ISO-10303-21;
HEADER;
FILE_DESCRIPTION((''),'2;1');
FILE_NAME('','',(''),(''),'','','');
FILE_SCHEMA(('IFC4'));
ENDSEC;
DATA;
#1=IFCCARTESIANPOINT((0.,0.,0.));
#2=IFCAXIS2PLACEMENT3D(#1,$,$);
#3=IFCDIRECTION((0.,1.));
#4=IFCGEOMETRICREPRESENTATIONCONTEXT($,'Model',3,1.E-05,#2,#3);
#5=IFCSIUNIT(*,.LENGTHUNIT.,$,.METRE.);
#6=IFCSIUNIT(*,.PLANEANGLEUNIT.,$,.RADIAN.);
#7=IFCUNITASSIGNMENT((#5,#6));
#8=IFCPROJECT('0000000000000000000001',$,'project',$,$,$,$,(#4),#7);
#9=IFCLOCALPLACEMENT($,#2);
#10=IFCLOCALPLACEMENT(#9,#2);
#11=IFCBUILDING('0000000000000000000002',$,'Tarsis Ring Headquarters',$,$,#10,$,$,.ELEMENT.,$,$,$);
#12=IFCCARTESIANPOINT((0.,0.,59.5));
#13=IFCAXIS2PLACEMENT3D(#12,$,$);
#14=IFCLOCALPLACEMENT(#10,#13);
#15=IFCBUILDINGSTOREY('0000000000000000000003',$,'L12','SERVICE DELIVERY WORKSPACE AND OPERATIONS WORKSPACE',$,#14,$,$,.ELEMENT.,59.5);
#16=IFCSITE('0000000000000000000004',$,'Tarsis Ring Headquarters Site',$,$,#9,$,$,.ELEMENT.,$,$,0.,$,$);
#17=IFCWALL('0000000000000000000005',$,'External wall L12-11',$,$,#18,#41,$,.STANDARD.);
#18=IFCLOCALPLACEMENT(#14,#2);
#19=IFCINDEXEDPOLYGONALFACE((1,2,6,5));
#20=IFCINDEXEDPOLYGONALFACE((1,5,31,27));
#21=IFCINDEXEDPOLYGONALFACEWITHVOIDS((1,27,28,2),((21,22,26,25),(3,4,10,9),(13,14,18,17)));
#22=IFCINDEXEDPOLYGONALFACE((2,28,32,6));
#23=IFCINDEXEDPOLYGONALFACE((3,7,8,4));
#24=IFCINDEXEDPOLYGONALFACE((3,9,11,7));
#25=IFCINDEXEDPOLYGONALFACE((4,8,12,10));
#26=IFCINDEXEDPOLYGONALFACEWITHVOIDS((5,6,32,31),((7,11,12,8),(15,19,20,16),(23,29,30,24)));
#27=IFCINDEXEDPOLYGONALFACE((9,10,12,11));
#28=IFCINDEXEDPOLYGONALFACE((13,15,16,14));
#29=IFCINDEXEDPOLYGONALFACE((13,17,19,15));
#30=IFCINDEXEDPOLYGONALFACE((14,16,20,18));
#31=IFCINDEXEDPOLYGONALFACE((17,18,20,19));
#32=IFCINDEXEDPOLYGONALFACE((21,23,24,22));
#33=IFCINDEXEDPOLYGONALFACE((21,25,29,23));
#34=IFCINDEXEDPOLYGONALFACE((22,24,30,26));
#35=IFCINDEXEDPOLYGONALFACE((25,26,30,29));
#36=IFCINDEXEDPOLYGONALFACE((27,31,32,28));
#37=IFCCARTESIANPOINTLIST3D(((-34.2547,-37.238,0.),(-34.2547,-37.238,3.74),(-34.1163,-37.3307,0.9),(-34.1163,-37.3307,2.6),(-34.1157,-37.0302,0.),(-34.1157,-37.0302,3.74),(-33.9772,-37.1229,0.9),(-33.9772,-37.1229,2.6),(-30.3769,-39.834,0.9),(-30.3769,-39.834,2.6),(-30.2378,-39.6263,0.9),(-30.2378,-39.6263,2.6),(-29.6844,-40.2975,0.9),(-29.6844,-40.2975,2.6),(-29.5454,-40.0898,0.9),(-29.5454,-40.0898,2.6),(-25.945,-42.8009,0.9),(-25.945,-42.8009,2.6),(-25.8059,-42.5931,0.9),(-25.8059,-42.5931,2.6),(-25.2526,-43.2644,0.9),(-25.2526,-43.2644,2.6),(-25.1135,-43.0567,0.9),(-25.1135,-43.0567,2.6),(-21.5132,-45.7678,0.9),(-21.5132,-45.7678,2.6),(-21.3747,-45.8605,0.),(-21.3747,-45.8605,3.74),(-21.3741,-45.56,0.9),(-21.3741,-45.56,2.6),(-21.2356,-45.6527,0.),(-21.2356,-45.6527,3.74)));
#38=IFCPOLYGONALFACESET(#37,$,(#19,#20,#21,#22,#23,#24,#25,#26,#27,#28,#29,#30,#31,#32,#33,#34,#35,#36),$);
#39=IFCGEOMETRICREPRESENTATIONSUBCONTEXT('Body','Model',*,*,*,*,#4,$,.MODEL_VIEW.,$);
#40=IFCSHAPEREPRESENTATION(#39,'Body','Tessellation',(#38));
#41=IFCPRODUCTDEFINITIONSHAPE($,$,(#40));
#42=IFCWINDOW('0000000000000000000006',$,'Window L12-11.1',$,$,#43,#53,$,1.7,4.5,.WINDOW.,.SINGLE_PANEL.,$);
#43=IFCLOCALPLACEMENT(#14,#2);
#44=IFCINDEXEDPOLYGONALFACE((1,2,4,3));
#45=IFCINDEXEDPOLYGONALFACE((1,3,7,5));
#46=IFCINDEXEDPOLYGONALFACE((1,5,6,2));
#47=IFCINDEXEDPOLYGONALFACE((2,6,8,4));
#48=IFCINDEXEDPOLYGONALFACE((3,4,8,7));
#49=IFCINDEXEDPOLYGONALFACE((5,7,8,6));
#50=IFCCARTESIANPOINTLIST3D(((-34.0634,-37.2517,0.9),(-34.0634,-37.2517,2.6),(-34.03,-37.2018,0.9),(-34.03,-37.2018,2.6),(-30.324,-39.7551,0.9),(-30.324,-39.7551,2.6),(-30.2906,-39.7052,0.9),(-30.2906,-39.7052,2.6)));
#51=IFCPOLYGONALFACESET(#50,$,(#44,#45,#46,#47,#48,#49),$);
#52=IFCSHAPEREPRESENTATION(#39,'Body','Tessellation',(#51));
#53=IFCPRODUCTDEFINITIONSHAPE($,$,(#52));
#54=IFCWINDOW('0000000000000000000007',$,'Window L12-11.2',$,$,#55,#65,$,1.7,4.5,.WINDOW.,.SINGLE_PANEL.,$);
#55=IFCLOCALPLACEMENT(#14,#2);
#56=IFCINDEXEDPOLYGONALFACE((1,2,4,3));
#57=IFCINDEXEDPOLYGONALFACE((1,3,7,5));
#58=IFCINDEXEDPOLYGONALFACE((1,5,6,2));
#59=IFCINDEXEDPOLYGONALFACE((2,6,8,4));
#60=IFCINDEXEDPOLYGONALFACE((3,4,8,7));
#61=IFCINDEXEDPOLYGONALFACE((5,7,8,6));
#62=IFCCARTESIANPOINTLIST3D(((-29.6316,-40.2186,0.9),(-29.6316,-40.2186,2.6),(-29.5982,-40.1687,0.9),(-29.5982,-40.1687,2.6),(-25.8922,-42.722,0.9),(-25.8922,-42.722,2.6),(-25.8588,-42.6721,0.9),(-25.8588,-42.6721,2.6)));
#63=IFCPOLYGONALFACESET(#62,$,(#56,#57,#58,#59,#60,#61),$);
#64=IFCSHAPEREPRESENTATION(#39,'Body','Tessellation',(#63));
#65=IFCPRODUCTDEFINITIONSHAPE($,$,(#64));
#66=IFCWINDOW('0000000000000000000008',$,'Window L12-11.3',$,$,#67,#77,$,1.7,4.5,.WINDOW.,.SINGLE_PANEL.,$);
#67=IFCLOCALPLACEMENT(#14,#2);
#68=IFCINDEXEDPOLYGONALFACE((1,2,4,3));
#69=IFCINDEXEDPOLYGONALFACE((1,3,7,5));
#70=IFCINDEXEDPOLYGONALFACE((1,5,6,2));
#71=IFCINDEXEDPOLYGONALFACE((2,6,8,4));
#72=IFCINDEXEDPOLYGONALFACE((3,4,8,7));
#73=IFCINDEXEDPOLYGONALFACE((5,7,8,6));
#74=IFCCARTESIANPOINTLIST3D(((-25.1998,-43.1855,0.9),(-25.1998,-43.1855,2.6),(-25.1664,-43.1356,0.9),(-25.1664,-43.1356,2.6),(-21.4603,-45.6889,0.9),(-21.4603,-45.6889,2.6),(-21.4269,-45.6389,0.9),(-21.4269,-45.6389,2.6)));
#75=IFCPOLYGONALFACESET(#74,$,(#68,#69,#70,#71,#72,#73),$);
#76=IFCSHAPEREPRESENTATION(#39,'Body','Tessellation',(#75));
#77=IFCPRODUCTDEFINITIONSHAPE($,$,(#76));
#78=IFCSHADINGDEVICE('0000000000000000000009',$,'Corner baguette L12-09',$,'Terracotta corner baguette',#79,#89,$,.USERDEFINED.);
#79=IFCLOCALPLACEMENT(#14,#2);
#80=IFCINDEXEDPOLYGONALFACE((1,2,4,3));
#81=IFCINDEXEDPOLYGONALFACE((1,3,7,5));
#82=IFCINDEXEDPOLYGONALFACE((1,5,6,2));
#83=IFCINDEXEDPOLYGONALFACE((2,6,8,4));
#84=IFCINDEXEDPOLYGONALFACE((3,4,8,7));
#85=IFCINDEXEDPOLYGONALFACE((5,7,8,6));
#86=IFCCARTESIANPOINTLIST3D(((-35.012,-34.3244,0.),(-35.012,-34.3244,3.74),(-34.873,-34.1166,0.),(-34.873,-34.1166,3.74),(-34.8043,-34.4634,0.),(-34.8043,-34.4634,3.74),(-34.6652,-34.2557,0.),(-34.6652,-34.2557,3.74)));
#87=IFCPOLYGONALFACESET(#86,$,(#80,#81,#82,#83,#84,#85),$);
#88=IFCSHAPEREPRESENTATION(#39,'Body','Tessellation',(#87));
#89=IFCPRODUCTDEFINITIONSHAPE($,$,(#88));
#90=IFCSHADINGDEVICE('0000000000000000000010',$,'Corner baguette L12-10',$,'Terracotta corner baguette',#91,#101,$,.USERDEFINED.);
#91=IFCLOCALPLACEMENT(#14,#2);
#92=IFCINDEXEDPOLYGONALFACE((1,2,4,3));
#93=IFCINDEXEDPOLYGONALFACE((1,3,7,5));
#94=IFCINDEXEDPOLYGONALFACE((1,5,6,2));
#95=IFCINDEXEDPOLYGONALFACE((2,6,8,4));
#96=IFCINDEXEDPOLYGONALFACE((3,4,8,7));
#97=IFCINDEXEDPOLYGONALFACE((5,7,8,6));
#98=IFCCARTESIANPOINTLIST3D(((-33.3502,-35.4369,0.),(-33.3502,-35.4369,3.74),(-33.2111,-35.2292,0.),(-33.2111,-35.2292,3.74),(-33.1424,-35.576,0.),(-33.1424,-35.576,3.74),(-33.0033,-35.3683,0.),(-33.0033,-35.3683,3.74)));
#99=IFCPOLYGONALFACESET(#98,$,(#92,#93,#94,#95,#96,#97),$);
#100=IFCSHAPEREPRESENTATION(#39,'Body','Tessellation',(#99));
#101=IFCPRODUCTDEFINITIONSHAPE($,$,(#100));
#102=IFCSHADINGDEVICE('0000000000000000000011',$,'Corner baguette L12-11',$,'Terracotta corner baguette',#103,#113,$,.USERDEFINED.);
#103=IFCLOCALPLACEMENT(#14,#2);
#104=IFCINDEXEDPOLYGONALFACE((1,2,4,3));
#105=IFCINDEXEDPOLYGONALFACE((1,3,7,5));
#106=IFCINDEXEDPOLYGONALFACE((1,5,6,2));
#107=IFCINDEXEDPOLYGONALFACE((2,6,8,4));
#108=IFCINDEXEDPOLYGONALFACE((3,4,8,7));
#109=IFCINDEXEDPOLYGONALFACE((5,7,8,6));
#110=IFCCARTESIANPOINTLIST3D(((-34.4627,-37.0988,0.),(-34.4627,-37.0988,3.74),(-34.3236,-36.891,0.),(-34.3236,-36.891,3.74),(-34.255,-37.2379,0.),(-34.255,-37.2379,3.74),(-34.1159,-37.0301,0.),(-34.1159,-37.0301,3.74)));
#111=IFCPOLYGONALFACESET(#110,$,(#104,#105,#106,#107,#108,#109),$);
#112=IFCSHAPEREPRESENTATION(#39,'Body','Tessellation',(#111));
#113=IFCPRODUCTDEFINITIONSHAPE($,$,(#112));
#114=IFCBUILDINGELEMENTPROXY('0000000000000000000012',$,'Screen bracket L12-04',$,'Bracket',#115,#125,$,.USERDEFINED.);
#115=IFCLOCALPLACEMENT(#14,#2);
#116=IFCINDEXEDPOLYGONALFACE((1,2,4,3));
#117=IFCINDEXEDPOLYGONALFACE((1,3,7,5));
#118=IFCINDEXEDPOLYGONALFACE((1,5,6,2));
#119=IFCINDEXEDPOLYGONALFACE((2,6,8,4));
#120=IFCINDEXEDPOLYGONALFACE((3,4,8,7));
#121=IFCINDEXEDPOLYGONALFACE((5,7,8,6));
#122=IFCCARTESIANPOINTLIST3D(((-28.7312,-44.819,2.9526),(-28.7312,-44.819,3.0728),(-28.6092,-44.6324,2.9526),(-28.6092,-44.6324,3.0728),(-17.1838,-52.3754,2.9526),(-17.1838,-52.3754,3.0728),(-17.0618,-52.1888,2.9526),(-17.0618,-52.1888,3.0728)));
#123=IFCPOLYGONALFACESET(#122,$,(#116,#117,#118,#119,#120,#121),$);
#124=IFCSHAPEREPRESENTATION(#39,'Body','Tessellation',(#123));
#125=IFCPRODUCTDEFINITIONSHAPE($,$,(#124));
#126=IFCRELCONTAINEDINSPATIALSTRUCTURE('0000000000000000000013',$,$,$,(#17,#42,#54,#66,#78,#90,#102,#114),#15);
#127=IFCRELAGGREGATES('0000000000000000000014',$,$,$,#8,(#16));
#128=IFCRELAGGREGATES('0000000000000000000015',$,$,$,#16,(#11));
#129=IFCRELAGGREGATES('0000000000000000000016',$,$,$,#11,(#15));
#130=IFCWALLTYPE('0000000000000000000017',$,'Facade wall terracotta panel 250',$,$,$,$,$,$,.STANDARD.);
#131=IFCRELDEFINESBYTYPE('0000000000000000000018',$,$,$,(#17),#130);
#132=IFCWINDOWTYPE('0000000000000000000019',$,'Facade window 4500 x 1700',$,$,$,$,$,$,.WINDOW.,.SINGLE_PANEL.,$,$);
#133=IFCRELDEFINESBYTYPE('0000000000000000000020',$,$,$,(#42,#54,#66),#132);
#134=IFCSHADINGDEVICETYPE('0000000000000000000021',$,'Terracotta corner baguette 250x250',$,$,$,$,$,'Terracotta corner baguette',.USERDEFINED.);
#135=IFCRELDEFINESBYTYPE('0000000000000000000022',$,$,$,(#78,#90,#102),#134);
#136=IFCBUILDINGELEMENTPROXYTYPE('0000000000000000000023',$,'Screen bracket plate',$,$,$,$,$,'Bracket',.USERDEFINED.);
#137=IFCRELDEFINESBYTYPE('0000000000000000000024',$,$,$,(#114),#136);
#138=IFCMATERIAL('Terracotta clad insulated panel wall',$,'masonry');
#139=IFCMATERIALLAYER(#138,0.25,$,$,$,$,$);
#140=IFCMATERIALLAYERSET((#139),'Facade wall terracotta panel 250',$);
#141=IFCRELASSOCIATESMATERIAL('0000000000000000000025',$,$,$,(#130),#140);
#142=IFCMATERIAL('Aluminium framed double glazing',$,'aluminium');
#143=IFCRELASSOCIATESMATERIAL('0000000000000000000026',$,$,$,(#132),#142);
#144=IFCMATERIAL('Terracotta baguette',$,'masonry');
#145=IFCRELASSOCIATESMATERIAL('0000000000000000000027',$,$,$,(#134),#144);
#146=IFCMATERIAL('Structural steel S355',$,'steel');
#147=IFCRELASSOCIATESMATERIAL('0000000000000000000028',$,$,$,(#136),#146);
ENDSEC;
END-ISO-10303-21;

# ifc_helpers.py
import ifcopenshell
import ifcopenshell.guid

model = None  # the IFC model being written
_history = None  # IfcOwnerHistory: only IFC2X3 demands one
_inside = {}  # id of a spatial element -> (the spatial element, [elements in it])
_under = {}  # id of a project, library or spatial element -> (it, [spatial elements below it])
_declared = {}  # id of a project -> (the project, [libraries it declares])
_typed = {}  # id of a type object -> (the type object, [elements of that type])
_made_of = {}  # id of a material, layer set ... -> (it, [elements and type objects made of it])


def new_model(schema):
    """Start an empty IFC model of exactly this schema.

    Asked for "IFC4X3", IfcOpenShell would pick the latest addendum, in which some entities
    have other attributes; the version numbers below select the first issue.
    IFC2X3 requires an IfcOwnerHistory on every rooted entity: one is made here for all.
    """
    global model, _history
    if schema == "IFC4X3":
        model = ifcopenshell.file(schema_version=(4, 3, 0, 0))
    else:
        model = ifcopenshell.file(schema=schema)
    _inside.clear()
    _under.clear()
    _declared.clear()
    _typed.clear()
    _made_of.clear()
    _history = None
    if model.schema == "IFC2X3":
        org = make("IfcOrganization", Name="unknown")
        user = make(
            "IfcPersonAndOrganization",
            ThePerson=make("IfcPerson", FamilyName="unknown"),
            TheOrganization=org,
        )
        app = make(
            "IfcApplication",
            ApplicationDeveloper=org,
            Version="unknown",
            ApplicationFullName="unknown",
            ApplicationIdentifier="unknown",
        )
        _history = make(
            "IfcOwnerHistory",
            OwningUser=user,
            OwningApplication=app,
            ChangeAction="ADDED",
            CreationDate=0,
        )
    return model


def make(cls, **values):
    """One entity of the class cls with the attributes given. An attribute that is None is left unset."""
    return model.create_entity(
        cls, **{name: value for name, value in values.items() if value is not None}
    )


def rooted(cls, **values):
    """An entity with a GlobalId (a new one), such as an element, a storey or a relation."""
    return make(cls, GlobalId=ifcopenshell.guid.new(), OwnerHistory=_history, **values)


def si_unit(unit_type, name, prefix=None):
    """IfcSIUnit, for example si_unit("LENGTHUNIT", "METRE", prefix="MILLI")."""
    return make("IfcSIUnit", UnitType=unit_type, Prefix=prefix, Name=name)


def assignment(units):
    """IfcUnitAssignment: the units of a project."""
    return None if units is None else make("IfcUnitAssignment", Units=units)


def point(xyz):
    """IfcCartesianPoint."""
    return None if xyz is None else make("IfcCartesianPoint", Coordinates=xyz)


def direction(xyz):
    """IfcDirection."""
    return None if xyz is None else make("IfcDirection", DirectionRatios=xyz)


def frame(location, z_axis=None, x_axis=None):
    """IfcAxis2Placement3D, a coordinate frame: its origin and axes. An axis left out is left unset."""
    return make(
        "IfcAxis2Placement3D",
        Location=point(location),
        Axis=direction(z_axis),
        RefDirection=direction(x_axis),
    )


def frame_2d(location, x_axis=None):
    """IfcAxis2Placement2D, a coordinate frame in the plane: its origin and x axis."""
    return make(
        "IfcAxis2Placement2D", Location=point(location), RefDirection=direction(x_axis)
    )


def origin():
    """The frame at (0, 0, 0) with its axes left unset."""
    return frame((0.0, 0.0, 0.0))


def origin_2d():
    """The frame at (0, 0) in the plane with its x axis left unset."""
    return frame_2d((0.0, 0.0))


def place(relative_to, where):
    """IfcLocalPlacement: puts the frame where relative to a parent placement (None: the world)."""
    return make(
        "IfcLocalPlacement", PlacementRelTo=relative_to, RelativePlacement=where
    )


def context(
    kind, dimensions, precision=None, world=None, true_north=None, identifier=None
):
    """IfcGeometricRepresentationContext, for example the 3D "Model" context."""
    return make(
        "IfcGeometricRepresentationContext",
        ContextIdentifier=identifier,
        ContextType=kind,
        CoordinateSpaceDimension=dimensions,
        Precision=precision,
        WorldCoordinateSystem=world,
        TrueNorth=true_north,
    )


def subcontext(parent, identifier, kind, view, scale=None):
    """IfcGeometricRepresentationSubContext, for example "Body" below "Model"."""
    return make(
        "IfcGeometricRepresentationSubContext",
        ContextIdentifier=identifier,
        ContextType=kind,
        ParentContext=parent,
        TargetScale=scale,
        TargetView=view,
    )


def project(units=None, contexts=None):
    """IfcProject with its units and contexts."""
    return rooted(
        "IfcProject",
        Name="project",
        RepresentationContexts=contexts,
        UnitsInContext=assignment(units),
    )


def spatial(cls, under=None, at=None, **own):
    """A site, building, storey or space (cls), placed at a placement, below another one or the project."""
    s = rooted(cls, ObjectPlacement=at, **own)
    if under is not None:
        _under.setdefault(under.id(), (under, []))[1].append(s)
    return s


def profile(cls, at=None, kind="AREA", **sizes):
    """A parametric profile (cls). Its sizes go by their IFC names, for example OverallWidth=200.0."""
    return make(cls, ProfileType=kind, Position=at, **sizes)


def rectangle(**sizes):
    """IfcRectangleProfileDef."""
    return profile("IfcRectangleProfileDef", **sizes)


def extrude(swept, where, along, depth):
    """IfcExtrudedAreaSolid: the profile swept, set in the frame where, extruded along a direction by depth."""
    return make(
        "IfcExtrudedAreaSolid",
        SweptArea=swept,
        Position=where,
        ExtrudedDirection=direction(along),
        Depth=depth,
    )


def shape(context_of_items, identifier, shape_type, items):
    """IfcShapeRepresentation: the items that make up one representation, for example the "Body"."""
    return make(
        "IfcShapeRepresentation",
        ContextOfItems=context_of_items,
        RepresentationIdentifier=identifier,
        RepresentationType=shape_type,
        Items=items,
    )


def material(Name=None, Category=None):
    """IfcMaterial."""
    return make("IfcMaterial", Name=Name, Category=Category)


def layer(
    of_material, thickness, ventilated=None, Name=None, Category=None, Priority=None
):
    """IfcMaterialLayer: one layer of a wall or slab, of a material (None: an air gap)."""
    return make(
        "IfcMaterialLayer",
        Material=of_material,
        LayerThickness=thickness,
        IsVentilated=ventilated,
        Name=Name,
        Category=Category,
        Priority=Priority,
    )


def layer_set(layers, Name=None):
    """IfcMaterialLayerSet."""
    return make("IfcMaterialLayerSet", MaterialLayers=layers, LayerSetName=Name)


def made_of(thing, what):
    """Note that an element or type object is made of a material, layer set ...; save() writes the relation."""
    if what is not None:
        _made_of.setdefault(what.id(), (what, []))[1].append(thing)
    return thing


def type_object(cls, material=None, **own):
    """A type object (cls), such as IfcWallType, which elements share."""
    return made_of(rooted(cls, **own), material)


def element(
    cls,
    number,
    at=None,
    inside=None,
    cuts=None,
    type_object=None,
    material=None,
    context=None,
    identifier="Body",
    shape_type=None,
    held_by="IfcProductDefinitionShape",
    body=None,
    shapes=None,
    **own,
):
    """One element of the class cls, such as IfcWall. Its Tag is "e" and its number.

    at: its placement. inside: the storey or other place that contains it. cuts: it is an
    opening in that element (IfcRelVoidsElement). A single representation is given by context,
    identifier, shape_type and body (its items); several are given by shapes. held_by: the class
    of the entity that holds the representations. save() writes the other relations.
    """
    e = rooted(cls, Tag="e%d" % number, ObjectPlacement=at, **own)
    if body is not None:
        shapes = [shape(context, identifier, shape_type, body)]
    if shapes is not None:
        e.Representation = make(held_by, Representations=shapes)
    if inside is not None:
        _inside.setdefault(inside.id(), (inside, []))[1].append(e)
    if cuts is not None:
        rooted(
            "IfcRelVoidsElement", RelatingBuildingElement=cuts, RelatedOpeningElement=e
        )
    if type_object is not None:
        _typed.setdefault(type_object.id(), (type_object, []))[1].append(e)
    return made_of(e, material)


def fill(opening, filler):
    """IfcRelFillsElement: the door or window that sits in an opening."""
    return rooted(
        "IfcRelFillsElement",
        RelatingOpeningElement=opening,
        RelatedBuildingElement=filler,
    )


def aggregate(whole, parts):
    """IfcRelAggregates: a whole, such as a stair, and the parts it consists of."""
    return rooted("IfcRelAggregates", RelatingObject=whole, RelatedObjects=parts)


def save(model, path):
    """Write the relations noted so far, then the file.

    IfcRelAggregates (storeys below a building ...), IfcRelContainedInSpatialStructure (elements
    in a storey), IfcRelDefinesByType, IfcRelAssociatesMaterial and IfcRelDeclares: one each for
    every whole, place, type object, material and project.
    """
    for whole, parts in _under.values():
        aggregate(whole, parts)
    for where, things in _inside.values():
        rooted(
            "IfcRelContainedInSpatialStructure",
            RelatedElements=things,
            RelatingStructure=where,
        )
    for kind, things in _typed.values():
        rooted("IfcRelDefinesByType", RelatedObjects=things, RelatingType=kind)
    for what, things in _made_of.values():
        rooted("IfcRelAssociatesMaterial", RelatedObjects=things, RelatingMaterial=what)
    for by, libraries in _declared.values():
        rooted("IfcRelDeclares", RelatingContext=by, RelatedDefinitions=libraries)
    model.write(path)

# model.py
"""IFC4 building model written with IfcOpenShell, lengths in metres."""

from ifc_helpers import new_model, si_unit, direction, frame, frame_2d, origin, origin_2d, place, context, subcontext, project, spatial, rectangle, extrude, material, layer, layer_set, type_object, element, fill, save


model = new_model("IFC4")

# Units and contexts
model_context = context("Model", 3, precision=1e-05, world=origin(), true_north=direction((0.0, 1.0)))
body_context = subcontext(model_context, "Body", "Model", "MODEL_VIEW")
ifc_project = project(units=[si_unit("LENGTHUNIT", "METRE"), si_unit("PLANEANGLEUNIT", "RADIAN")], contexts=[model_context])

# Site, building, storey
site_placement = place(None, origin())
site = spatial("IfcSite", under=ifc_project, at=site_placement, Name="Tarsis Ring Headquarters Site", CompositionType="ELEMENT", RefElevation=0.0)
building_placement = place(site_placement, origin())
building = spatial("IfcBuilding", under=site, at=building_placement, Name="Tarsis Ring Headquarters", CompositionType="ELEMENT")
storey_placement = place(building_placement, frame((0.0, 0.0, 59.5)))
storey = spatial("IfcBuildingStorey", under=building, at=storey_placement, Name="L12", Description="SERVICE DELIVERY WORKSPACE AND OPERATIONS WORKSPACE", CompositionType="ELEMENT", Elevation=59.5)

# Shared definitions
ifc_material_1 = material(Name="Structural steel S355", Category="steel")

# Shared definitions
ifc_material_2 = material(Name="Terracotta clad insulated panel wall", Category="masonry")
ifc_layer_1 = layer(ifc_material_2, 0.25)
ifc_layer_set_1 = layer_set([ifc_layer_1], Name="Facade wall terracotta panel 250")
wall_type_1 = type_object("IfcWallType", Name="Facade wall terracotta panel 250", PredefinedType="STANDARD", material=ifc_layer_set_1)

# Wall, openings, windows
wall_1_placement = place(storey_placement, frame((-34.1853, -37.134, 0.0), z_axis=(0.0, 0.0, 1.0), x_axis=(0.830983, -0.556299, 0.0)))
wall_1 = element("IfcWall", 1, at=wall_1_placement, inside=storey, type_object=wall_type_1, Name="External wall L12-11", PredefinedType="STANDARD", context=body_context, shape_type="SweptSolid", body=[
    extrude(rectangle(XDim=15.4998, YDim=0.25, at=frame_2d((7.75, 0.0))), origin(), (0.0, 0.0, 1.0), 3.74),
])
opening_1_placement = place(wall_1_placement, frame((0.1667, 0.0, 0.8999)))
opening_1 = element("IfcOpeningElement", 2, at=opening_1_placement, cuts=wall_1, PredefinedType="OPENING", context=body_context, shape_type="SweptSolid", body=[
    extrude(rectangle(XDim=4.5, YDim=1.7, at=frame_2d((2.25, 0.8501))), frame((0.0, 0.135, 0.0), z_axis=(0.0, -1.0, 0.0), x_axis=(1.0, 0.0, 0.0)), (0.0, 0.0, 1.0), 0.27),
])
opening_2_placement = place(wall_1_placement, frame((5.5, 0.0, 0.8999)))
opening_2 = element("IfcOpeningElement", 3, at=opening_2_placement, cuts=wall_1, PredefinedType="OPENING", context=body_context, shape_type="SweptSolid", body=[
    extrude(rectangle(XDim=4.5, YDim=1.7, at=frame_2d((2.25, 0.8501))), frame((0.0, 0.135, 0.0), z_axis=(0.0, -1.0, 0.0), x_axis=(1.0, 0.0, 0.0)), (0.0, 0.0, 1.0), 0.27),
])
opening_3_placement = place(wall_1_placement, frame((10.8333, 0.0, 0.8999)))
opening_3 = element("IfcOpeningElement", 4, at=opening_3_placement, cuts=wall_1, PredefinedType="OPENING", context=body_context, shape_type="SweptSolid", body=[
    extrude(rectangle(XDim=4.5, YDim=1.7, at=frame_2d((2.25, 0.8501))), frame((0.0, 0.135, 0.0), z_axis=(0.0, -1.0, 0.0), x_axis=(1.0, 0.0, 0.0)), (0.0, 0.0, 1.0), 0.27),
])
ifc_material_3 = material(Name="Aluminium framed double glazing", Category="aluminium")
window_type = type_object("IfcWindowType", Name="Facade window 4500 x 1700", PartitioningType="SINGLE_PANEL", PredefinedType="WINDOW", material=ifc_material_3)
window_1_placement = place(opening_1_placement, origin())
window_1 = element("IfcWindow", 5, at=window_1_placement, inside=storey, type_object=window_type, Name="Window L12-11.1", OverallHeight=1.7, OverallWidth=4.5, PartitioningType="SINGLE_PANEL", PredefinedType="WINDOW", context=body_context, shape_type="SweptSolid", body=[
    extrude(rectangle(XDim=4.5, YDim=1.7, at=frame_2d((2.25, 0.8501))), frame((0.0, 0.03, 0.0), z_axis=(0.0, -1.0, 0.0), x_axis=(1.0, 0.0, 0.0)), (0.0, 0.0, 1.0), 0.0601),
])
fill(opening_1, window_1)
window_2_placement = place(opening_2_placement, origin())
window_2 = element("IfcWindow", 6, at=window_2_placement, inside=storey, type_object=window_type, Name="Window L12-11.2", OverallHeight=1.7, OverallWidth=4.5, PartitioningType="SINGLE_PANEL", PredefinedType="WINDOW", context=body_context, shape_type="SweptSolid", body=[
    extrude(rectangle(XDim=4.5, YDim=1.7, at=frame_2d((2.25, 0.8501))), frame((0.0, 0.03, 0.0), z_axis=(0.0, -1.0, 0.0), x_axis=(1.0, 0.0, 0.0)), (0.0, 0.0, 1.0), 0.0601),
])
fill(opening_2, window_2)
window_3_placement = place(opening_3_placement, origin())
window_3 = element("IfcWindow", 7, at=window_3_placement, inside=storey, type_object=window_type, Name="Window L12-11.3", OverallHeight=1.7, OverallWidth=4.5, PartitioningType="SINGLE_PANEL", PredefinedType="WINDOW", context=body_context, shape_type="SweptSolid", body=[
    extrude(rectangle(XDim=4.5, YDim=1.7, at=frame_2d((2.25, 0.8501))), frame((0.0, 0.03, 0.0), z_axis=(0.0, -1.0, 0.0), x_axis=(1.0, 0.0, 0.0)), (0.0, 0.0, 1.0), 0.0601),
])
fill(opening_3, window_3)

# Shading devices
ifc_material_4 = material(Name="Terracotta baguette", Category="masonry")
shading_device_type_1 = type_object("IfcShadingDeviceType", Name="Terracotta corner baguette 250x250", ElementType="Terracotta corner baguette", PredefinedType="USERDEFINED", material=ifc_material_4)
for number, where, z_axis, x_axis, name in (
    (8, (-34.8386, -34.29, 0.0), (0.0, 0.0, 1.0), (-0.556296, -0.830985, 0.0), "Corner baguette L12-09"),
    (9, (-33.1768, -35.4026, 0.0), (0.0, 0.0, 1.0), (0.830985, -0.556296, 0.0), "Corner baguette L12-10"),
    (10, (-34.2893, -37.0645, 0.0), (0.0, 0.0, 1.0), (-0.556296, -0.830984, 0.0), "Corner baguette L12-11"),
):
    element("IfcShadingDevice", number, at=place(storey_placement, frame(where, z_axis=z_axis, x_axis=x_axis)), inside=storey, type_object=shading_device_type_1, Name=name, ObjectType="Terracotta corner baguette", PredefinedType="USERDEFINED", context=body_context, shape_type="SweptSolid", body=[
        extrude(rectangle(XDim=0.25, YDim=0.25, at=origin_2d()), origin(), (0.0, 0.0, 1.0), 3.74),
    ])

# Building element proxy
building_element_proxy_type = type_object("IfcBuildingElementProxyType", Name="Screen bracket plate", ElementType="Bracket", PredefinedType="USERDEFINED", material=ifc_material_1)
proxy_placement = place(storey_placement, frame((-22.8965, -48.5039, 2.9526), z_axis=(0.0, 0.0, 1.0), x_axis=(0.836764, -0.547563, 0.0)))
element("IfcBuildingElementProxy", 11, at=proxy_placement, inside=storey, type_object=building_element_proxy_type, Name="Screen bracket L12-04", ObjectType="Bracket", PredefinedType="USERDEFINED", context=body_context, shape_type="SweptSolid", body=[
    extrude(rectangle(XDim=13.8, YDim=0.2229, at=origin_2d()), origin(), (0.0, 0.0, 1.0), 0.1201),
])

save(model, "model.ifc")
